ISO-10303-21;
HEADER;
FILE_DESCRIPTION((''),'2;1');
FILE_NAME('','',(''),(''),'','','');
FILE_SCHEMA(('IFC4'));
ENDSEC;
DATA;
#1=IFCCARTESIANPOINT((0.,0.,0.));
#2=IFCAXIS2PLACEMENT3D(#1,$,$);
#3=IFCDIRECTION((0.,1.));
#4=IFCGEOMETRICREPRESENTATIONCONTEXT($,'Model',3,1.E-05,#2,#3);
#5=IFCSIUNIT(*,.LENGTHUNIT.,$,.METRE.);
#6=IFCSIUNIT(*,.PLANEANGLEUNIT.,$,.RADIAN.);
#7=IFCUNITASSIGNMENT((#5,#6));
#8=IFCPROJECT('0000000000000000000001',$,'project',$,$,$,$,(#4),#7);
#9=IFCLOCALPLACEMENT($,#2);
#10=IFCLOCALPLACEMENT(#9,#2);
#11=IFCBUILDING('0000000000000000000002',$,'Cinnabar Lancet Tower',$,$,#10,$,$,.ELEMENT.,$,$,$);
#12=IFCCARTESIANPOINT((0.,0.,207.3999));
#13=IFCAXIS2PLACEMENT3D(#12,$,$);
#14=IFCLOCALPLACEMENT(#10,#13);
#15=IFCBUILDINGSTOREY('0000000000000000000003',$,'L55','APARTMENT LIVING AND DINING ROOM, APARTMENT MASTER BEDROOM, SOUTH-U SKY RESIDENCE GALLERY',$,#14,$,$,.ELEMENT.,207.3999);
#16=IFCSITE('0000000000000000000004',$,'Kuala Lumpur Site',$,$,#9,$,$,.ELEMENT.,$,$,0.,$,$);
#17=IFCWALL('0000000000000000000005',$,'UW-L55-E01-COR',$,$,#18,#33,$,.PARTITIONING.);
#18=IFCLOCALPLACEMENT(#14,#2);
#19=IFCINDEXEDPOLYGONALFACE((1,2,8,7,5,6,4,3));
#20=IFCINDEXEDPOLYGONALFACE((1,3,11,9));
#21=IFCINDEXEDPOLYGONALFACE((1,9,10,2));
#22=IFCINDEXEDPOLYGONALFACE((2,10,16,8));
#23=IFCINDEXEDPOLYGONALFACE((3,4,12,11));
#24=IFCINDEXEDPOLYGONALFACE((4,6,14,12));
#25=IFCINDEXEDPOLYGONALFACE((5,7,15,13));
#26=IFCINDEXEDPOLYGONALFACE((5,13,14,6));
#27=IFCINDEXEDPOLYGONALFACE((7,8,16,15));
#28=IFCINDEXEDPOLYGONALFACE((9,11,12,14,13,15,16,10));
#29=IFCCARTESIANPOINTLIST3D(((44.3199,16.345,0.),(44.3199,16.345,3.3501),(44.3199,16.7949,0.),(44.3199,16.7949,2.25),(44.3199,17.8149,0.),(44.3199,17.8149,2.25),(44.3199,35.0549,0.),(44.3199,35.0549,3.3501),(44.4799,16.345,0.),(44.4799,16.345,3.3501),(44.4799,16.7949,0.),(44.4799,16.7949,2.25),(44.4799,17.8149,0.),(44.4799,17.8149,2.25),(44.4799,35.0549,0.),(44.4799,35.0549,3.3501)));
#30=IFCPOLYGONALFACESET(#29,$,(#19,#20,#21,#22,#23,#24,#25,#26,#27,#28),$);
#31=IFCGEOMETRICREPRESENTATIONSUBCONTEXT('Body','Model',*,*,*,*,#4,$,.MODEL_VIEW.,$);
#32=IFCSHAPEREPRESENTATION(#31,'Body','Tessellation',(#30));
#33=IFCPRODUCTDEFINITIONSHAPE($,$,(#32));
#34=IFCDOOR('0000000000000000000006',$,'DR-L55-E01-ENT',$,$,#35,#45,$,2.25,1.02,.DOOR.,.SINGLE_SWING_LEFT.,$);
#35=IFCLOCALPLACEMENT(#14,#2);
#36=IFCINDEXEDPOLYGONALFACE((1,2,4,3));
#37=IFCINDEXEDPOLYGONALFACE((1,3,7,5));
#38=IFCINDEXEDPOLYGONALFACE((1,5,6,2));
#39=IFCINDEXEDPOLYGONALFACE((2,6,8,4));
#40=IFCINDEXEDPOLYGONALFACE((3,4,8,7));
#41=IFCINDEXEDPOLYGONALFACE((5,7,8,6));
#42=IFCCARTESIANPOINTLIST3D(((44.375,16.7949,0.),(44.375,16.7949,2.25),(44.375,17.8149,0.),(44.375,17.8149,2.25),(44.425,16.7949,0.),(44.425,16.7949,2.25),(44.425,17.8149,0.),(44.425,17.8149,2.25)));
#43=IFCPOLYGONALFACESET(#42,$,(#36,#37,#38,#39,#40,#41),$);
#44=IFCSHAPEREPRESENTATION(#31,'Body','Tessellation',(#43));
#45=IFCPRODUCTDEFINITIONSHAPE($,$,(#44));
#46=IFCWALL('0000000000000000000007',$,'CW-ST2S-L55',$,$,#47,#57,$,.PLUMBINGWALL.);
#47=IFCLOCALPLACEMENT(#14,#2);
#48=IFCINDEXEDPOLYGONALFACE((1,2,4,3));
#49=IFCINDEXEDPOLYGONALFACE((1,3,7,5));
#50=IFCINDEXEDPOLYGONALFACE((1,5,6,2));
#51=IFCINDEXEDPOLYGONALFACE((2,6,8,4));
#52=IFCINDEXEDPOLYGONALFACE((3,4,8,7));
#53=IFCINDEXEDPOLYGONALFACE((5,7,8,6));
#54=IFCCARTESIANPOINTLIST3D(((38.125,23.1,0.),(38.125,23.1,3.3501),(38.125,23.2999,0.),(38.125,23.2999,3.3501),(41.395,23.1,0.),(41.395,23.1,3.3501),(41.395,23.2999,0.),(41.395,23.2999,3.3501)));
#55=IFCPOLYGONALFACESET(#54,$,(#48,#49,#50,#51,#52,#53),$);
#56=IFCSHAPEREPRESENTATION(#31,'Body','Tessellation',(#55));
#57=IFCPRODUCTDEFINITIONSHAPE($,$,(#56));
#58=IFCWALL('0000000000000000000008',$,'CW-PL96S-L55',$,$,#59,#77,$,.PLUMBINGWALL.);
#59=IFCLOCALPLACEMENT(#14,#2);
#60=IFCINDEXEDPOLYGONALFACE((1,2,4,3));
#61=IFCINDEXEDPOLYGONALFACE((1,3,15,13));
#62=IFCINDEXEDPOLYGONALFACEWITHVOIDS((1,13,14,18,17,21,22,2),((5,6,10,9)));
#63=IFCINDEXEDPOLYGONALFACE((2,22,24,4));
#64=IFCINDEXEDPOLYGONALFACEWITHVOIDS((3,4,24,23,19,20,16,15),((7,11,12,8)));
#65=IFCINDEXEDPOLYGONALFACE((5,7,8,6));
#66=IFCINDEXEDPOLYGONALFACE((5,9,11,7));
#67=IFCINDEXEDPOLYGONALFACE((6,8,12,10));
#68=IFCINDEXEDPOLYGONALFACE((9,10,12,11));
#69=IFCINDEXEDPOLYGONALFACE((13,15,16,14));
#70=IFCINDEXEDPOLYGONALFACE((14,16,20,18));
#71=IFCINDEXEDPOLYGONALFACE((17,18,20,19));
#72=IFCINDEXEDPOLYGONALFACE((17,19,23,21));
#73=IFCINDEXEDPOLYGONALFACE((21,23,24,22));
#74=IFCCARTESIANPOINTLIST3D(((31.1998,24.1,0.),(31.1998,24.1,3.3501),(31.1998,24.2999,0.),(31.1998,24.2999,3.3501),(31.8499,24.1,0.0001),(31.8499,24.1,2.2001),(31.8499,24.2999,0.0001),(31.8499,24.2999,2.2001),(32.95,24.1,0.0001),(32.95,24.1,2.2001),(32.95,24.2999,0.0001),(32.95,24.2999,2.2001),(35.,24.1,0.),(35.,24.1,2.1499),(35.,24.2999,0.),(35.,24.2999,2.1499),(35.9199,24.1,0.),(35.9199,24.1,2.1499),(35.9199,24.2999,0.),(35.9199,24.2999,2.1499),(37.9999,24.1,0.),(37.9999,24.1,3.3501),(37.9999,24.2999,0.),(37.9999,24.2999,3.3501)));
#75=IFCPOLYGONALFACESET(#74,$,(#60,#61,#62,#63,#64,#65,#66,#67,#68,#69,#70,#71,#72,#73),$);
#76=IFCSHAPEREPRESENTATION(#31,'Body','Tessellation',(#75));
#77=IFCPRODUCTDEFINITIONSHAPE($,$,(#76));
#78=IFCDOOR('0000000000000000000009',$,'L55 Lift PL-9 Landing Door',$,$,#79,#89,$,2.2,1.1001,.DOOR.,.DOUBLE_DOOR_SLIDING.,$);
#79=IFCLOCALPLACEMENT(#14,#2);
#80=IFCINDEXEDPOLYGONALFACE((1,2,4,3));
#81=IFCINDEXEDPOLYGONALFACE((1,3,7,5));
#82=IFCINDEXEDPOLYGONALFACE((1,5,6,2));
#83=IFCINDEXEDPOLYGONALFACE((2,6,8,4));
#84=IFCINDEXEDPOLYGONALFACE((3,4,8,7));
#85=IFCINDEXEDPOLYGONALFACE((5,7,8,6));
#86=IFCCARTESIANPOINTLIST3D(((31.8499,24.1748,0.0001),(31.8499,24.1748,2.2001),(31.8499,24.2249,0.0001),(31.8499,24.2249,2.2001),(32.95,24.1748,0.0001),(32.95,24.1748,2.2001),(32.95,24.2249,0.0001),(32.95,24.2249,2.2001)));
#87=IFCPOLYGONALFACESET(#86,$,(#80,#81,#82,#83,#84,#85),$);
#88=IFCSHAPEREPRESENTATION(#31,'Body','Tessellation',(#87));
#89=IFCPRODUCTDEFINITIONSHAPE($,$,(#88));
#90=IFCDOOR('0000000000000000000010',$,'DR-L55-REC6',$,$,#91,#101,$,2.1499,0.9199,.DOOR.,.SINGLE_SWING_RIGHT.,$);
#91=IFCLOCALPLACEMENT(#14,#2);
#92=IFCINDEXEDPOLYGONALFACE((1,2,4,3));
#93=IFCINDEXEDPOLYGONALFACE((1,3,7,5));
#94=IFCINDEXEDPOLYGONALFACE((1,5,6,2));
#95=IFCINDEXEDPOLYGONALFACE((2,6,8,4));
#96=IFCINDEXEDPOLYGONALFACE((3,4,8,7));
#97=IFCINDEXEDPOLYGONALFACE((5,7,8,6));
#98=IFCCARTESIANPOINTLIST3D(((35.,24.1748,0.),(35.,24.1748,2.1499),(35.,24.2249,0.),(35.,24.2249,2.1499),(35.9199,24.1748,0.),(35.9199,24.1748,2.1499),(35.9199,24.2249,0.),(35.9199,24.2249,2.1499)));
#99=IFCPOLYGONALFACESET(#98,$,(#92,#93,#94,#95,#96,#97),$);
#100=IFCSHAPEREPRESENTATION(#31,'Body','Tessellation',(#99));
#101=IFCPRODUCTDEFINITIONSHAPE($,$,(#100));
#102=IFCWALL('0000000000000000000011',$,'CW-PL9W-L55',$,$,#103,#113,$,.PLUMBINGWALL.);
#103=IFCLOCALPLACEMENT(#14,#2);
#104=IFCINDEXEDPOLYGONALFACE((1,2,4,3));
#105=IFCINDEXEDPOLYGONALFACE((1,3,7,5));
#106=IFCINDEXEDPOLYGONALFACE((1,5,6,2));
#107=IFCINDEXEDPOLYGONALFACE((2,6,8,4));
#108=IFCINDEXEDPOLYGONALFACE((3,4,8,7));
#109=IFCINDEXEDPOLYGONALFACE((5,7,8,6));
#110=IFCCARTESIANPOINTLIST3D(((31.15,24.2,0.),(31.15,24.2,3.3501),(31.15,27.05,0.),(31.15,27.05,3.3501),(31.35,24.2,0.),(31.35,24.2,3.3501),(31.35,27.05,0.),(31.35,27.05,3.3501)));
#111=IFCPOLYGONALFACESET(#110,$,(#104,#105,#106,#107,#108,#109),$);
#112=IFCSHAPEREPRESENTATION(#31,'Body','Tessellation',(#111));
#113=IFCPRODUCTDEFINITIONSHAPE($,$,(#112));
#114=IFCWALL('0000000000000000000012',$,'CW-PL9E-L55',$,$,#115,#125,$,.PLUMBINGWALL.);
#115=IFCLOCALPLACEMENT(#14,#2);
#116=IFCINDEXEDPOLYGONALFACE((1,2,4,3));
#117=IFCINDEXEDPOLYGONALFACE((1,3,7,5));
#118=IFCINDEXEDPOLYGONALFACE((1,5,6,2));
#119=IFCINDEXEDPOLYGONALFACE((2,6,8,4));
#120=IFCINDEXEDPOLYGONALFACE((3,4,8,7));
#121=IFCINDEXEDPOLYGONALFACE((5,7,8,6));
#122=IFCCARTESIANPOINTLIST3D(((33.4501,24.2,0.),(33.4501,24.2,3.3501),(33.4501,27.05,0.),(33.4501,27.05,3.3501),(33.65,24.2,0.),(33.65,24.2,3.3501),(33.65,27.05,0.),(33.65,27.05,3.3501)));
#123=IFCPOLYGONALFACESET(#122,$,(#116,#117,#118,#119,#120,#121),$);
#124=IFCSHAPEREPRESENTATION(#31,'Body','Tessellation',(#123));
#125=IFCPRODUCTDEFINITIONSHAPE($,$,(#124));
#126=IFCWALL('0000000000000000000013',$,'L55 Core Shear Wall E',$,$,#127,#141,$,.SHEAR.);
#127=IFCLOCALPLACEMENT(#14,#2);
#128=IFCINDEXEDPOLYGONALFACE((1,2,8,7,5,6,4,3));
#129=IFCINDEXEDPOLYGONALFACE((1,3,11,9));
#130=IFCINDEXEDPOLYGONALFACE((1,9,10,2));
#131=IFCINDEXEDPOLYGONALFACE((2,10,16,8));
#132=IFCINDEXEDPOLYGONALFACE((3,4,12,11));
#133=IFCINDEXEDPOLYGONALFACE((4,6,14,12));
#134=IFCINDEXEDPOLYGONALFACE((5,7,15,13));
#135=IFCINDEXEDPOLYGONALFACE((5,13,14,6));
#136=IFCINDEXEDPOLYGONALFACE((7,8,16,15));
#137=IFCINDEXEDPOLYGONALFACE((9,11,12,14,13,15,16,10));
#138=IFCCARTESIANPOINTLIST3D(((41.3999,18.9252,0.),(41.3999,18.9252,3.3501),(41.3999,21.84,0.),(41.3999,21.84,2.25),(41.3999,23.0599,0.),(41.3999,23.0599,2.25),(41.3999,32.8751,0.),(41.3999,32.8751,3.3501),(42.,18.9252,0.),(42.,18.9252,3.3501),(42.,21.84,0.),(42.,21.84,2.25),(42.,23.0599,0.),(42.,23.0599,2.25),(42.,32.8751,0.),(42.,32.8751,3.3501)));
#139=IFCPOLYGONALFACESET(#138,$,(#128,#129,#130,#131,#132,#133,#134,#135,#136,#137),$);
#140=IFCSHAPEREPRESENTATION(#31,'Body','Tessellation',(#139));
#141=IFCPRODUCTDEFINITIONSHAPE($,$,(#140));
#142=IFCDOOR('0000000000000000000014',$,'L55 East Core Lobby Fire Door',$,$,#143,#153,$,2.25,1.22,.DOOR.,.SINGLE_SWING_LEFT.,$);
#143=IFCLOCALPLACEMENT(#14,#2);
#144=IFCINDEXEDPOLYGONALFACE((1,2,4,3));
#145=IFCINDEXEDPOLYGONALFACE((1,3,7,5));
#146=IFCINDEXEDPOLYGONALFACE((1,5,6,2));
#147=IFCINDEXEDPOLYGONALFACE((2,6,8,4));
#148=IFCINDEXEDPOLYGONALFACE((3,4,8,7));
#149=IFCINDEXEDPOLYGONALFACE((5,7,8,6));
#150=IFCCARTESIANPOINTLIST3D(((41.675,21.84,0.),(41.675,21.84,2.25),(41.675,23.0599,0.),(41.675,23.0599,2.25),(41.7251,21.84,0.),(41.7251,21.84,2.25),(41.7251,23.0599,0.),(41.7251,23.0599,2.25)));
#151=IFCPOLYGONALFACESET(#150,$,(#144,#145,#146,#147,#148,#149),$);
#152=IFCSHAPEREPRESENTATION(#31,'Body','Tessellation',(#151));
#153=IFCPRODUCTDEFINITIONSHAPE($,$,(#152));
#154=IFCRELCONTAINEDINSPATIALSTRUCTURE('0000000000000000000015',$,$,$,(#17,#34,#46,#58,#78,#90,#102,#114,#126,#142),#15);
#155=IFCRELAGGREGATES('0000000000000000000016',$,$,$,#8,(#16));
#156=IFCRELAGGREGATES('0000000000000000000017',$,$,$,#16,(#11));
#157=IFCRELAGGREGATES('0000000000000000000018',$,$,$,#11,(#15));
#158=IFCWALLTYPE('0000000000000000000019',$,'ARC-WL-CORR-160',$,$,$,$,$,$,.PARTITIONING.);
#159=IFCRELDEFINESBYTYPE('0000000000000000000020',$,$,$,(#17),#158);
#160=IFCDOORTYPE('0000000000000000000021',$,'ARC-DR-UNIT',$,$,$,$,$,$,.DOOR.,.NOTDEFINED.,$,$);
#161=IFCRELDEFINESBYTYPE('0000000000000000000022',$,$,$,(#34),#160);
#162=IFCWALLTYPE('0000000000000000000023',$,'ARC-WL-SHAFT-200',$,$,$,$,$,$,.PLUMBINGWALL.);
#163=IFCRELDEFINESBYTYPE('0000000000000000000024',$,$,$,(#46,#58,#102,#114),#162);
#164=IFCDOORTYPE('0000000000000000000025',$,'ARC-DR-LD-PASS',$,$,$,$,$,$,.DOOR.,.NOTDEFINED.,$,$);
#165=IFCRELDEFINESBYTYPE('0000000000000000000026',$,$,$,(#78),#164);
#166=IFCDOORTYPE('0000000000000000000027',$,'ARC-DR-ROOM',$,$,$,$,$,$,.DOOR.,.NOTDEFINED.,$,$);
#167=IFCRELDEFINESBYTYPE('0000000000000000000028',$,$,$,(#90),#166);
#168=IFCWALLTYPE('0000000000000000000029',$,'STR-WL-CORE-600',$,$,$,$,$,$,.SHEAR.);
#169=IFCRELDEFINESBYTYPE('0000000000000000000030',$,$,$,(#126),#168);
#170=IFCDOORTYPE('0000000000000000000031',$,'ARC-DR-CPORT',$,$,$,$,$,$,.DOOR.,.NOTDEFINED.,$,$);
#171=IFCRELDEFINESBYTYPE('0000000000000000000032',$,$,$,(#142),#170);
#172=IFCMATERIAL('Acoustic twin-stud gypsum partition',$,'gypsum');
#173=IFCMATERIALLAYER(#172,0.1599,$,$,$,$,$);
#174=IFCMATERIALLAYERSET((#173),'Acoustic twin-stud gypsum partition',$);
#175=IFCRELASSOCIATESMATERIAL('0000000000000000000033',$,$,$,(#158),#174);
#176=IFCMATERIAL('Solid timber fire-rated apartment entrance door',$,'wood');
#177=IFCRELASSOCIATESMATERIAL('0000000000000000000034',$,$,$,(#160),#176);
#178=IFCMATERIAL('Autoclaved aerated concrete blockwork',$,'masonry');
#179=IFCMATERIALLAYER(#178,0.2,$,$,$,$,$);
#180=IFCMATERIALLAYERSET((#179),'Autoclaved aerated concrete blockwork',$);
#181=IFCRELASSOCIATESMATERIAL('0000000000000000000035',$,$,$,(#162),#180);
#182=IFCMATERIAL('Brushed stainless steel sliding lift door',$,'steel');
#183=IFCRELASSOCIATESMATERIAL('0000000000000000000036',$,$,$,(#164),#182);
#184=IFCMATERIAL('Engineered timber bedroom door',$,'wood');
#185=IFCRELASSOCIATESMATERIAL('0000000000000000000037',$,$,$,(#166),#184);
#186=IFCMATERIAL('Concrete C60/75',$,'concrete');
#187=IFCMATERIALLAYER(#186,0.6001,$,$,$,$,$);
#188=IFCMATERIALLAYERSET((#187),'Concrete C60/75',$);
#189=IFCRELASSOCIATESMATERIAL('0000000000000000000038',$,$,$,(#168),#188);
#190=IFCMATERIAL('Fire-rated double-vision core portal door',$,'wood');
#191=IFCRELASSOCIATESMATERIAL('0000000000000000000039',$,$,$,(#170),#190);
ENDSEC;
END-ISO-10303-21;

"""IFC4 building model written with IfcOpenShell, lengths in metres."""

from ifc_helpers import new_model, si_unit, direction, frame, frame_2d, origin, place, context, subcontext, project, spatial, rectangle, extrude, material, layer, layer_set, type_object, element, fill, save


model = new_model("IFC4")

# Units and contexts
model_context = context("Model", 3, precision=1e-05, world=origin(), true_north=direction((0.0, 1.0)))
body_context = subcontext(model_context, "Body", "Model", "MODEL_VIEW")
ifc_project = project(units=[si_unit("LENGTHUNIT", "METRE"), si_unit("PLANEANGLEUNIT", "RADIAN")], contexts=[model_context])

# Site, building, storey
site_placement = place(None, origin())
site = spatial("IfcSite", under=ifc_project, at=site_placement, Name="Kuala Lumpur Site", CompositionType="ELEMENT", RefElevation=0.0)
building_placement = place(site_placement, origin())
building = spatial("IfcBuilding", under=site, at=building_placement, Name="Cinnabar Lancet Tower", CompositionType="ELEMENT")
storey_placement = place(building_placement, frame((0.0, 0.0, 207.3999)))
storey = spatial("IfcBuildingStorey", under=building, at=storey_placement, Name="L55", Description="APARTMENT LIVING AND DINING ROOM, APARTMENT MASTER BEDROOM, SOUTH-U SKY RESIDENCE GALLERY", CompositionType="ELEMENT", Elevation=207.3999)

# Shared definitions
ifc_material_1 = material(Name="Acoustic twin-stud gypsum partition", Category="gypsum")
ifc_layer_1 = layer(ifc_material_1, 0.1599)
ifc_layer_set_1 = layer_set([ifc_layer_1], Name="Acoustic twin-stud gypsum partition")
wall_type_1 = type_object("IfcWallType", Name="ARC-WL-CORR-160", PredefinedType="PARTITIONING", material=ifc_layer_set_1)

# Wall, opening, door
wall_1_placement = place(storey_placement, frame((44.3999, 16.345, 0.0), z_axis=(0.0, 0.0, 1.0), x_axis=(0.0, 1.0, 0.0)))
wall_1 = element("IfcWall", 1, at=wall_1_placement, inside=storey, type_object=wall_type_1, Name="UW-L55-E01-COR", PredefinedType="PARTITIONING", context=body_context, shape_type="SweptSolid", body=[
    extrude(rectangle(XDim=18.71, YDim=0.1599, at=frame_2d((9.355, 0.0))), origin(), (0.0, 0.0, 1.0), 3.3501),
])
opening_1_placement = place(wall_1_placement, frame((0.45, 0.0, 0.0)))
opening_1 = element("IfcOpeningElement", 2, at=opening_1_placement, cuts=wall_1, PredefinedType="OPENING", context=body_context, shape_type="SweptSolid", body=[
    extrude(rectangle(XDim=1.02, YDim=2.25, at=frame_2d((0.51, 1.125))), frame((0.0, 0.0898, 0.0), z_axis=(0.0, -1.0, 0.0), x_axis=(1.0, 0.0, 0.0)), (0.0, 0.0, 1.0), 0.1799),
])
ifc_material_2 = material(Name="Solid timber fire-rated apartment entrance door", Category="wood")
door_type_1 = type_object("IfcDoorType", Name="ARC-DR-UNIT", OperationType="NOTDEFINED", PredefinedType="DOOR", material=ifc_material_2)
door_1_placement = place(opening_1_placement, origin())
door_1 = element("IfcDoor", 3, at=door_1_placement, inside=storey, type_object=door_type_1, Name="DR-L55-E01-ENT", OperationType="SINGLE_SWING_LEFT", OverallHeight=2.25, OverallWidth=1.02, PredefinedType="DOOR", context=body_context, shape_type="SweptSolid", body=[
    extrude(rectangle(XDim=1.02, YDim=2.25, at=frame_2d((0.51, 1.125))), frame((0.0, 0.0249, 0.0), z_axis=(0.0, -1.0, 0.0), x_axis=(1.0, 0.0, 0.0)), (0.0, 0.0, 1.0), 0.05),
])
fill(opening_1, door_1)

# Wall
ifc_material_3 = material(Name="Autoclaved aerated concrete blockwork", Category="masonry")
ifc_layer_2 = layer(ifc_material_3, 0.2)
ifc_layer_set_2 = layer_set([ifc_layer_2], Name="Autoclaved aerated concrete blockwork")
wall_type_2 = type_object("IfcWallType", Name="ARC-WL-SHAFT-200", PredefinedType="PLUMBINGWALL", material=ifc_layer_set_2)
wall_2_placement = place(storey_placement, frame((38.125, 23.2, 0.0), z_axis=(0.0, 0.0, 1.0), x_axis=(1.0, 0.0, 0.0)))
element("IfcWall", 4, at=wall_2_placement, inside=storey, type_object=wall_type_2, Name="CW-ST2S-L55", PredefinedType="PLUMBINGWALL", context=body_context, shape_type="SweptSolid", body=[
    extrude(rectangle(XDim=3.27, YDim=0.2, at=frame_2d((1.635, 0.0))), origin(), (0.0, 0.0, 1.0), 3.3501),
])

# Wall, openings, doors
wall_3_placement = place(storey_placement, frame((31.2, 24.2, 0.0), z_axis=(0.0, 0.0, 1.0), x_axis=(1.0, 0.0, 0.0)))
wall_3 = element("IfcWall", 5, at=wall_3_placement, inside=storey, type_object=wall_type_2, Name="CW-PL96S-L55", PredefinedType="PLUMBINGWALL", context=body_context, shape_type="SweptSolid", body=[
    extrude(rectangle(XDim=6.8, YDim=0.2, at=frame_2d((3.3999, 0.0))), origin(), (0.0, 0.0, 1.0), 3.3501),
])
opening_2_placement = place(wall_3_placement, frame((0.6499, 0.0, 0.0)))
opening_2 = element("IfcOpeningElement", 6, at=opening_2_placement, cuts=wall_3, PredefinedType="OPENING", context=body_context, shape_type="SweptSolid", body=[
    extrude(rectangle(XDim=1.1001, YDim=2.2, at=frame_2d((0.55, 1.1001))), frame((0.0, 0.1099, 0.0), z_axis=(0.0, -1.0, 0.0), x_axis=(1.0, 0.0, 0.0)), (0.0, 0.0, 1.0), 0.22),
])
opening_3_placement = place(wall_3_placement, frame((3.8, 0.0, 0.0)))
opening_3 = element("IfcOpeningElement", 7, at=opening_3_placement, cuts=wall_3, PredefinedType="OPENING", context=body_context, shape_type="SweptSolid", body=[
    extrude(rectangle(XDim=0.9199, YDim=2.1499, at=frame_2d((0.46, 1.075))), frame((0.0, 0.1099, 0.0), z_axis=(0.0, -1.0, 0.0), x_axis=(1.0, 0.0, 0.0)), (0.0, 0.0, 1.0), 0.22),
])
ifc_material_4 = material(Name="Brushed stainless steel sliding lift door", Category="steel")
door_type_2 = type_object("IfcDoorType", Name="ARC-DR-LD-PASS", OperationType="NOTDEFINED", PredefinedType="DOOR", material=ifc_material_4)
door_2_placement = place(opening_2_placement, origin())
door_2 = element("IfcDoor", 8, at=door_2_placement, inside=storey, type_object=door_type_2, Name="L55 Lift PL-9 Landing Door", OperationType="DOUBLE_DOOR_SLIDING", OverallHeight=2.2, OverallWidth=1.1001, PredefinedType="DOOR", context=body_context, shape_type="SweptSolid", body=[
    extrude(rectangle(XDim=1.1001, YDim=2.2, at=frame_2d((0.55, 1.1001))), frame((0.0, 0.0249, 0.0), z_axis=(0.0, -1.0, 0.0), x_axis=(1.0, 0.0, 0.0)), (0.0, 0.0, 1.0), 0.05),
])
fill(opening_2, door_2)
ifc_material_5 = material(Name="Engineered timber bedroom door", Category="wood")
door_type_3 = type_object("IfcDoorType", Name="ARC-DR-ROOM", OperationType="NOTDEFINED", PredefinedType="DOOR", material=ifc_material_5)
door_3_placement = place(opening_3_placement, origin())
door_3 = element("IfcDoor", 9, at=door_3_placement, inside=storey, type_object=door_type_3, Name="DR-L55-REC6", OperationType="SINGLE_SWING_RIGHT", OverallHeight=2.1499, OverallWidth=0.9199, PredefinedType="DOOR", context=body_context, shape_type="SweptSolid", body=[
    extrude(rectangle(XDim=0.9199, YDim=2.1499, at=frame_2d((0.46, 1.075))), frame((0.0, 0.0249, 0.0), z_axis=(0.0, -1.0, 0.0), x_axis=(1.0, 0.0, 0.0)), (0.0, 0.0, 1.0), 0.05),
])
fill(opening_3, door_3)

# Walls
for number, where, z_axis, x_axis, name in (
    (10, (31.25, 24.2, 0.0), (0.0, 0.0, 1.0), (0.0, 1.0, 0.0), "CW-PL9W-L55"),
    (11, (33.55, 24.2, 0.0), (0.0, 0.0, 1.0), (0.0, 1.0, 0.0), "CW-PL9E-L55"),
):
    element("IfcWall", number, at=place(storey_placement, frame(where, z_axis=z_axis, x_axis=x_axis)), inside=storey, type_object=wall_type_2, Name=name, PredefinedType="PLUMBINGWALL", context=body_context, shape_type="SweptSolid", body=[
        extrude(rectangle(XDim=2.8501, YDim=0.2, at=frame_2d((1.425, 0.0))), origin(), (0.0, 0.0, 1.0), 3.3501),
    ])

# Wall, opening, door
ifc_material_6 = material(Name="Concrete C60/75", Category="concrete")
ifc_layer_3 = layer(ifc_material_6, 0.6001)
ifc_layer_set_3 = layer_set([ifc_layer_3], Name="Concrete C60/75")
wall_type_3 = type_object("IfcWallType", Name="STR-WL-CORE-600", PredefinedType="SHEAR", material=ifc_layer_set_3)
wall_4_placement = place(storey_placement, frame((41.7, 18.925, 0.0), z_axis=(0.0, 0.0, 1.0), x_axis=(0.0, 1.0, 0.0)))
wall_4 = element("IfcWall", 12, at=wall_4_placement, inside=storey, type_object=wall_type_3, Name="L55 Core Shear Wall E", PredefinedType="SHEAR", context=body_context, shape_type="SweptSolid", body=[
    extrude(rectangle(XDim=13.95, YDim=0.6001, at=frame_2d((6.9751, 0.0))), origin(), (0.0, 0.0, 1.0), 3.3501),
])
opening_4_placement = place(wall_4_placement, frame((2.915, 0.0, 0.0)))
opening_4 = element("IfcOpeningElement", 13, at=opening_4_placement, cuts=wall_4, PredefinedType="OPENING", context=body_context, shape_type="SweptSolid", body=[
    extrude(rectangle(XDim=1.22, YDim=2.25, at=frame_2d((0.6099, 1.125))), frame((0.0, 0.3101, 0.0), z_axis=(0.0, -1.0, 0.0), x_axis=(1.0, 0.0, 0.0)), (0.0, 0.0, 1.0), 0.6201),
])
ifc_material_7 = material(Name="Fire-rated double-vision core portal door", Category="wood")
door_type_4 = type_object("IfcDoorType", Name="ARC-DR-CPORT", OperationType="NOTDEFINED", PredefinedType="DOOR", material=ifc_material_7)
door_4_placement = place(opening_4_placement, origin())
door_4 = element("IfcDoor", 14, at=door_4_placement, inside=storey, type_object=door_type_4, Name="L55 East Core Lobby Fire Door", OperationType="SINGLE_SWING_LEFT", OverallHeight=2.25, OverallWidth=1.22, PredefinedType="DOOR", context=body_context, shape_type="SweptSolid", body=[
    extrude(rectangle(XDim=1.22, YDim=2.25, at=frame_2d((0.6099, 1.125))), frame((0.0, 0.0249, 0.0), z_axis=(0.0, -1.0, 0.0), x_axis=(1.0, 0.0, 0.0)), (0.0, 0.0, 1.0), 0.05),
])
fill(opening_4, door_4)

save(model, "model.ifc")
